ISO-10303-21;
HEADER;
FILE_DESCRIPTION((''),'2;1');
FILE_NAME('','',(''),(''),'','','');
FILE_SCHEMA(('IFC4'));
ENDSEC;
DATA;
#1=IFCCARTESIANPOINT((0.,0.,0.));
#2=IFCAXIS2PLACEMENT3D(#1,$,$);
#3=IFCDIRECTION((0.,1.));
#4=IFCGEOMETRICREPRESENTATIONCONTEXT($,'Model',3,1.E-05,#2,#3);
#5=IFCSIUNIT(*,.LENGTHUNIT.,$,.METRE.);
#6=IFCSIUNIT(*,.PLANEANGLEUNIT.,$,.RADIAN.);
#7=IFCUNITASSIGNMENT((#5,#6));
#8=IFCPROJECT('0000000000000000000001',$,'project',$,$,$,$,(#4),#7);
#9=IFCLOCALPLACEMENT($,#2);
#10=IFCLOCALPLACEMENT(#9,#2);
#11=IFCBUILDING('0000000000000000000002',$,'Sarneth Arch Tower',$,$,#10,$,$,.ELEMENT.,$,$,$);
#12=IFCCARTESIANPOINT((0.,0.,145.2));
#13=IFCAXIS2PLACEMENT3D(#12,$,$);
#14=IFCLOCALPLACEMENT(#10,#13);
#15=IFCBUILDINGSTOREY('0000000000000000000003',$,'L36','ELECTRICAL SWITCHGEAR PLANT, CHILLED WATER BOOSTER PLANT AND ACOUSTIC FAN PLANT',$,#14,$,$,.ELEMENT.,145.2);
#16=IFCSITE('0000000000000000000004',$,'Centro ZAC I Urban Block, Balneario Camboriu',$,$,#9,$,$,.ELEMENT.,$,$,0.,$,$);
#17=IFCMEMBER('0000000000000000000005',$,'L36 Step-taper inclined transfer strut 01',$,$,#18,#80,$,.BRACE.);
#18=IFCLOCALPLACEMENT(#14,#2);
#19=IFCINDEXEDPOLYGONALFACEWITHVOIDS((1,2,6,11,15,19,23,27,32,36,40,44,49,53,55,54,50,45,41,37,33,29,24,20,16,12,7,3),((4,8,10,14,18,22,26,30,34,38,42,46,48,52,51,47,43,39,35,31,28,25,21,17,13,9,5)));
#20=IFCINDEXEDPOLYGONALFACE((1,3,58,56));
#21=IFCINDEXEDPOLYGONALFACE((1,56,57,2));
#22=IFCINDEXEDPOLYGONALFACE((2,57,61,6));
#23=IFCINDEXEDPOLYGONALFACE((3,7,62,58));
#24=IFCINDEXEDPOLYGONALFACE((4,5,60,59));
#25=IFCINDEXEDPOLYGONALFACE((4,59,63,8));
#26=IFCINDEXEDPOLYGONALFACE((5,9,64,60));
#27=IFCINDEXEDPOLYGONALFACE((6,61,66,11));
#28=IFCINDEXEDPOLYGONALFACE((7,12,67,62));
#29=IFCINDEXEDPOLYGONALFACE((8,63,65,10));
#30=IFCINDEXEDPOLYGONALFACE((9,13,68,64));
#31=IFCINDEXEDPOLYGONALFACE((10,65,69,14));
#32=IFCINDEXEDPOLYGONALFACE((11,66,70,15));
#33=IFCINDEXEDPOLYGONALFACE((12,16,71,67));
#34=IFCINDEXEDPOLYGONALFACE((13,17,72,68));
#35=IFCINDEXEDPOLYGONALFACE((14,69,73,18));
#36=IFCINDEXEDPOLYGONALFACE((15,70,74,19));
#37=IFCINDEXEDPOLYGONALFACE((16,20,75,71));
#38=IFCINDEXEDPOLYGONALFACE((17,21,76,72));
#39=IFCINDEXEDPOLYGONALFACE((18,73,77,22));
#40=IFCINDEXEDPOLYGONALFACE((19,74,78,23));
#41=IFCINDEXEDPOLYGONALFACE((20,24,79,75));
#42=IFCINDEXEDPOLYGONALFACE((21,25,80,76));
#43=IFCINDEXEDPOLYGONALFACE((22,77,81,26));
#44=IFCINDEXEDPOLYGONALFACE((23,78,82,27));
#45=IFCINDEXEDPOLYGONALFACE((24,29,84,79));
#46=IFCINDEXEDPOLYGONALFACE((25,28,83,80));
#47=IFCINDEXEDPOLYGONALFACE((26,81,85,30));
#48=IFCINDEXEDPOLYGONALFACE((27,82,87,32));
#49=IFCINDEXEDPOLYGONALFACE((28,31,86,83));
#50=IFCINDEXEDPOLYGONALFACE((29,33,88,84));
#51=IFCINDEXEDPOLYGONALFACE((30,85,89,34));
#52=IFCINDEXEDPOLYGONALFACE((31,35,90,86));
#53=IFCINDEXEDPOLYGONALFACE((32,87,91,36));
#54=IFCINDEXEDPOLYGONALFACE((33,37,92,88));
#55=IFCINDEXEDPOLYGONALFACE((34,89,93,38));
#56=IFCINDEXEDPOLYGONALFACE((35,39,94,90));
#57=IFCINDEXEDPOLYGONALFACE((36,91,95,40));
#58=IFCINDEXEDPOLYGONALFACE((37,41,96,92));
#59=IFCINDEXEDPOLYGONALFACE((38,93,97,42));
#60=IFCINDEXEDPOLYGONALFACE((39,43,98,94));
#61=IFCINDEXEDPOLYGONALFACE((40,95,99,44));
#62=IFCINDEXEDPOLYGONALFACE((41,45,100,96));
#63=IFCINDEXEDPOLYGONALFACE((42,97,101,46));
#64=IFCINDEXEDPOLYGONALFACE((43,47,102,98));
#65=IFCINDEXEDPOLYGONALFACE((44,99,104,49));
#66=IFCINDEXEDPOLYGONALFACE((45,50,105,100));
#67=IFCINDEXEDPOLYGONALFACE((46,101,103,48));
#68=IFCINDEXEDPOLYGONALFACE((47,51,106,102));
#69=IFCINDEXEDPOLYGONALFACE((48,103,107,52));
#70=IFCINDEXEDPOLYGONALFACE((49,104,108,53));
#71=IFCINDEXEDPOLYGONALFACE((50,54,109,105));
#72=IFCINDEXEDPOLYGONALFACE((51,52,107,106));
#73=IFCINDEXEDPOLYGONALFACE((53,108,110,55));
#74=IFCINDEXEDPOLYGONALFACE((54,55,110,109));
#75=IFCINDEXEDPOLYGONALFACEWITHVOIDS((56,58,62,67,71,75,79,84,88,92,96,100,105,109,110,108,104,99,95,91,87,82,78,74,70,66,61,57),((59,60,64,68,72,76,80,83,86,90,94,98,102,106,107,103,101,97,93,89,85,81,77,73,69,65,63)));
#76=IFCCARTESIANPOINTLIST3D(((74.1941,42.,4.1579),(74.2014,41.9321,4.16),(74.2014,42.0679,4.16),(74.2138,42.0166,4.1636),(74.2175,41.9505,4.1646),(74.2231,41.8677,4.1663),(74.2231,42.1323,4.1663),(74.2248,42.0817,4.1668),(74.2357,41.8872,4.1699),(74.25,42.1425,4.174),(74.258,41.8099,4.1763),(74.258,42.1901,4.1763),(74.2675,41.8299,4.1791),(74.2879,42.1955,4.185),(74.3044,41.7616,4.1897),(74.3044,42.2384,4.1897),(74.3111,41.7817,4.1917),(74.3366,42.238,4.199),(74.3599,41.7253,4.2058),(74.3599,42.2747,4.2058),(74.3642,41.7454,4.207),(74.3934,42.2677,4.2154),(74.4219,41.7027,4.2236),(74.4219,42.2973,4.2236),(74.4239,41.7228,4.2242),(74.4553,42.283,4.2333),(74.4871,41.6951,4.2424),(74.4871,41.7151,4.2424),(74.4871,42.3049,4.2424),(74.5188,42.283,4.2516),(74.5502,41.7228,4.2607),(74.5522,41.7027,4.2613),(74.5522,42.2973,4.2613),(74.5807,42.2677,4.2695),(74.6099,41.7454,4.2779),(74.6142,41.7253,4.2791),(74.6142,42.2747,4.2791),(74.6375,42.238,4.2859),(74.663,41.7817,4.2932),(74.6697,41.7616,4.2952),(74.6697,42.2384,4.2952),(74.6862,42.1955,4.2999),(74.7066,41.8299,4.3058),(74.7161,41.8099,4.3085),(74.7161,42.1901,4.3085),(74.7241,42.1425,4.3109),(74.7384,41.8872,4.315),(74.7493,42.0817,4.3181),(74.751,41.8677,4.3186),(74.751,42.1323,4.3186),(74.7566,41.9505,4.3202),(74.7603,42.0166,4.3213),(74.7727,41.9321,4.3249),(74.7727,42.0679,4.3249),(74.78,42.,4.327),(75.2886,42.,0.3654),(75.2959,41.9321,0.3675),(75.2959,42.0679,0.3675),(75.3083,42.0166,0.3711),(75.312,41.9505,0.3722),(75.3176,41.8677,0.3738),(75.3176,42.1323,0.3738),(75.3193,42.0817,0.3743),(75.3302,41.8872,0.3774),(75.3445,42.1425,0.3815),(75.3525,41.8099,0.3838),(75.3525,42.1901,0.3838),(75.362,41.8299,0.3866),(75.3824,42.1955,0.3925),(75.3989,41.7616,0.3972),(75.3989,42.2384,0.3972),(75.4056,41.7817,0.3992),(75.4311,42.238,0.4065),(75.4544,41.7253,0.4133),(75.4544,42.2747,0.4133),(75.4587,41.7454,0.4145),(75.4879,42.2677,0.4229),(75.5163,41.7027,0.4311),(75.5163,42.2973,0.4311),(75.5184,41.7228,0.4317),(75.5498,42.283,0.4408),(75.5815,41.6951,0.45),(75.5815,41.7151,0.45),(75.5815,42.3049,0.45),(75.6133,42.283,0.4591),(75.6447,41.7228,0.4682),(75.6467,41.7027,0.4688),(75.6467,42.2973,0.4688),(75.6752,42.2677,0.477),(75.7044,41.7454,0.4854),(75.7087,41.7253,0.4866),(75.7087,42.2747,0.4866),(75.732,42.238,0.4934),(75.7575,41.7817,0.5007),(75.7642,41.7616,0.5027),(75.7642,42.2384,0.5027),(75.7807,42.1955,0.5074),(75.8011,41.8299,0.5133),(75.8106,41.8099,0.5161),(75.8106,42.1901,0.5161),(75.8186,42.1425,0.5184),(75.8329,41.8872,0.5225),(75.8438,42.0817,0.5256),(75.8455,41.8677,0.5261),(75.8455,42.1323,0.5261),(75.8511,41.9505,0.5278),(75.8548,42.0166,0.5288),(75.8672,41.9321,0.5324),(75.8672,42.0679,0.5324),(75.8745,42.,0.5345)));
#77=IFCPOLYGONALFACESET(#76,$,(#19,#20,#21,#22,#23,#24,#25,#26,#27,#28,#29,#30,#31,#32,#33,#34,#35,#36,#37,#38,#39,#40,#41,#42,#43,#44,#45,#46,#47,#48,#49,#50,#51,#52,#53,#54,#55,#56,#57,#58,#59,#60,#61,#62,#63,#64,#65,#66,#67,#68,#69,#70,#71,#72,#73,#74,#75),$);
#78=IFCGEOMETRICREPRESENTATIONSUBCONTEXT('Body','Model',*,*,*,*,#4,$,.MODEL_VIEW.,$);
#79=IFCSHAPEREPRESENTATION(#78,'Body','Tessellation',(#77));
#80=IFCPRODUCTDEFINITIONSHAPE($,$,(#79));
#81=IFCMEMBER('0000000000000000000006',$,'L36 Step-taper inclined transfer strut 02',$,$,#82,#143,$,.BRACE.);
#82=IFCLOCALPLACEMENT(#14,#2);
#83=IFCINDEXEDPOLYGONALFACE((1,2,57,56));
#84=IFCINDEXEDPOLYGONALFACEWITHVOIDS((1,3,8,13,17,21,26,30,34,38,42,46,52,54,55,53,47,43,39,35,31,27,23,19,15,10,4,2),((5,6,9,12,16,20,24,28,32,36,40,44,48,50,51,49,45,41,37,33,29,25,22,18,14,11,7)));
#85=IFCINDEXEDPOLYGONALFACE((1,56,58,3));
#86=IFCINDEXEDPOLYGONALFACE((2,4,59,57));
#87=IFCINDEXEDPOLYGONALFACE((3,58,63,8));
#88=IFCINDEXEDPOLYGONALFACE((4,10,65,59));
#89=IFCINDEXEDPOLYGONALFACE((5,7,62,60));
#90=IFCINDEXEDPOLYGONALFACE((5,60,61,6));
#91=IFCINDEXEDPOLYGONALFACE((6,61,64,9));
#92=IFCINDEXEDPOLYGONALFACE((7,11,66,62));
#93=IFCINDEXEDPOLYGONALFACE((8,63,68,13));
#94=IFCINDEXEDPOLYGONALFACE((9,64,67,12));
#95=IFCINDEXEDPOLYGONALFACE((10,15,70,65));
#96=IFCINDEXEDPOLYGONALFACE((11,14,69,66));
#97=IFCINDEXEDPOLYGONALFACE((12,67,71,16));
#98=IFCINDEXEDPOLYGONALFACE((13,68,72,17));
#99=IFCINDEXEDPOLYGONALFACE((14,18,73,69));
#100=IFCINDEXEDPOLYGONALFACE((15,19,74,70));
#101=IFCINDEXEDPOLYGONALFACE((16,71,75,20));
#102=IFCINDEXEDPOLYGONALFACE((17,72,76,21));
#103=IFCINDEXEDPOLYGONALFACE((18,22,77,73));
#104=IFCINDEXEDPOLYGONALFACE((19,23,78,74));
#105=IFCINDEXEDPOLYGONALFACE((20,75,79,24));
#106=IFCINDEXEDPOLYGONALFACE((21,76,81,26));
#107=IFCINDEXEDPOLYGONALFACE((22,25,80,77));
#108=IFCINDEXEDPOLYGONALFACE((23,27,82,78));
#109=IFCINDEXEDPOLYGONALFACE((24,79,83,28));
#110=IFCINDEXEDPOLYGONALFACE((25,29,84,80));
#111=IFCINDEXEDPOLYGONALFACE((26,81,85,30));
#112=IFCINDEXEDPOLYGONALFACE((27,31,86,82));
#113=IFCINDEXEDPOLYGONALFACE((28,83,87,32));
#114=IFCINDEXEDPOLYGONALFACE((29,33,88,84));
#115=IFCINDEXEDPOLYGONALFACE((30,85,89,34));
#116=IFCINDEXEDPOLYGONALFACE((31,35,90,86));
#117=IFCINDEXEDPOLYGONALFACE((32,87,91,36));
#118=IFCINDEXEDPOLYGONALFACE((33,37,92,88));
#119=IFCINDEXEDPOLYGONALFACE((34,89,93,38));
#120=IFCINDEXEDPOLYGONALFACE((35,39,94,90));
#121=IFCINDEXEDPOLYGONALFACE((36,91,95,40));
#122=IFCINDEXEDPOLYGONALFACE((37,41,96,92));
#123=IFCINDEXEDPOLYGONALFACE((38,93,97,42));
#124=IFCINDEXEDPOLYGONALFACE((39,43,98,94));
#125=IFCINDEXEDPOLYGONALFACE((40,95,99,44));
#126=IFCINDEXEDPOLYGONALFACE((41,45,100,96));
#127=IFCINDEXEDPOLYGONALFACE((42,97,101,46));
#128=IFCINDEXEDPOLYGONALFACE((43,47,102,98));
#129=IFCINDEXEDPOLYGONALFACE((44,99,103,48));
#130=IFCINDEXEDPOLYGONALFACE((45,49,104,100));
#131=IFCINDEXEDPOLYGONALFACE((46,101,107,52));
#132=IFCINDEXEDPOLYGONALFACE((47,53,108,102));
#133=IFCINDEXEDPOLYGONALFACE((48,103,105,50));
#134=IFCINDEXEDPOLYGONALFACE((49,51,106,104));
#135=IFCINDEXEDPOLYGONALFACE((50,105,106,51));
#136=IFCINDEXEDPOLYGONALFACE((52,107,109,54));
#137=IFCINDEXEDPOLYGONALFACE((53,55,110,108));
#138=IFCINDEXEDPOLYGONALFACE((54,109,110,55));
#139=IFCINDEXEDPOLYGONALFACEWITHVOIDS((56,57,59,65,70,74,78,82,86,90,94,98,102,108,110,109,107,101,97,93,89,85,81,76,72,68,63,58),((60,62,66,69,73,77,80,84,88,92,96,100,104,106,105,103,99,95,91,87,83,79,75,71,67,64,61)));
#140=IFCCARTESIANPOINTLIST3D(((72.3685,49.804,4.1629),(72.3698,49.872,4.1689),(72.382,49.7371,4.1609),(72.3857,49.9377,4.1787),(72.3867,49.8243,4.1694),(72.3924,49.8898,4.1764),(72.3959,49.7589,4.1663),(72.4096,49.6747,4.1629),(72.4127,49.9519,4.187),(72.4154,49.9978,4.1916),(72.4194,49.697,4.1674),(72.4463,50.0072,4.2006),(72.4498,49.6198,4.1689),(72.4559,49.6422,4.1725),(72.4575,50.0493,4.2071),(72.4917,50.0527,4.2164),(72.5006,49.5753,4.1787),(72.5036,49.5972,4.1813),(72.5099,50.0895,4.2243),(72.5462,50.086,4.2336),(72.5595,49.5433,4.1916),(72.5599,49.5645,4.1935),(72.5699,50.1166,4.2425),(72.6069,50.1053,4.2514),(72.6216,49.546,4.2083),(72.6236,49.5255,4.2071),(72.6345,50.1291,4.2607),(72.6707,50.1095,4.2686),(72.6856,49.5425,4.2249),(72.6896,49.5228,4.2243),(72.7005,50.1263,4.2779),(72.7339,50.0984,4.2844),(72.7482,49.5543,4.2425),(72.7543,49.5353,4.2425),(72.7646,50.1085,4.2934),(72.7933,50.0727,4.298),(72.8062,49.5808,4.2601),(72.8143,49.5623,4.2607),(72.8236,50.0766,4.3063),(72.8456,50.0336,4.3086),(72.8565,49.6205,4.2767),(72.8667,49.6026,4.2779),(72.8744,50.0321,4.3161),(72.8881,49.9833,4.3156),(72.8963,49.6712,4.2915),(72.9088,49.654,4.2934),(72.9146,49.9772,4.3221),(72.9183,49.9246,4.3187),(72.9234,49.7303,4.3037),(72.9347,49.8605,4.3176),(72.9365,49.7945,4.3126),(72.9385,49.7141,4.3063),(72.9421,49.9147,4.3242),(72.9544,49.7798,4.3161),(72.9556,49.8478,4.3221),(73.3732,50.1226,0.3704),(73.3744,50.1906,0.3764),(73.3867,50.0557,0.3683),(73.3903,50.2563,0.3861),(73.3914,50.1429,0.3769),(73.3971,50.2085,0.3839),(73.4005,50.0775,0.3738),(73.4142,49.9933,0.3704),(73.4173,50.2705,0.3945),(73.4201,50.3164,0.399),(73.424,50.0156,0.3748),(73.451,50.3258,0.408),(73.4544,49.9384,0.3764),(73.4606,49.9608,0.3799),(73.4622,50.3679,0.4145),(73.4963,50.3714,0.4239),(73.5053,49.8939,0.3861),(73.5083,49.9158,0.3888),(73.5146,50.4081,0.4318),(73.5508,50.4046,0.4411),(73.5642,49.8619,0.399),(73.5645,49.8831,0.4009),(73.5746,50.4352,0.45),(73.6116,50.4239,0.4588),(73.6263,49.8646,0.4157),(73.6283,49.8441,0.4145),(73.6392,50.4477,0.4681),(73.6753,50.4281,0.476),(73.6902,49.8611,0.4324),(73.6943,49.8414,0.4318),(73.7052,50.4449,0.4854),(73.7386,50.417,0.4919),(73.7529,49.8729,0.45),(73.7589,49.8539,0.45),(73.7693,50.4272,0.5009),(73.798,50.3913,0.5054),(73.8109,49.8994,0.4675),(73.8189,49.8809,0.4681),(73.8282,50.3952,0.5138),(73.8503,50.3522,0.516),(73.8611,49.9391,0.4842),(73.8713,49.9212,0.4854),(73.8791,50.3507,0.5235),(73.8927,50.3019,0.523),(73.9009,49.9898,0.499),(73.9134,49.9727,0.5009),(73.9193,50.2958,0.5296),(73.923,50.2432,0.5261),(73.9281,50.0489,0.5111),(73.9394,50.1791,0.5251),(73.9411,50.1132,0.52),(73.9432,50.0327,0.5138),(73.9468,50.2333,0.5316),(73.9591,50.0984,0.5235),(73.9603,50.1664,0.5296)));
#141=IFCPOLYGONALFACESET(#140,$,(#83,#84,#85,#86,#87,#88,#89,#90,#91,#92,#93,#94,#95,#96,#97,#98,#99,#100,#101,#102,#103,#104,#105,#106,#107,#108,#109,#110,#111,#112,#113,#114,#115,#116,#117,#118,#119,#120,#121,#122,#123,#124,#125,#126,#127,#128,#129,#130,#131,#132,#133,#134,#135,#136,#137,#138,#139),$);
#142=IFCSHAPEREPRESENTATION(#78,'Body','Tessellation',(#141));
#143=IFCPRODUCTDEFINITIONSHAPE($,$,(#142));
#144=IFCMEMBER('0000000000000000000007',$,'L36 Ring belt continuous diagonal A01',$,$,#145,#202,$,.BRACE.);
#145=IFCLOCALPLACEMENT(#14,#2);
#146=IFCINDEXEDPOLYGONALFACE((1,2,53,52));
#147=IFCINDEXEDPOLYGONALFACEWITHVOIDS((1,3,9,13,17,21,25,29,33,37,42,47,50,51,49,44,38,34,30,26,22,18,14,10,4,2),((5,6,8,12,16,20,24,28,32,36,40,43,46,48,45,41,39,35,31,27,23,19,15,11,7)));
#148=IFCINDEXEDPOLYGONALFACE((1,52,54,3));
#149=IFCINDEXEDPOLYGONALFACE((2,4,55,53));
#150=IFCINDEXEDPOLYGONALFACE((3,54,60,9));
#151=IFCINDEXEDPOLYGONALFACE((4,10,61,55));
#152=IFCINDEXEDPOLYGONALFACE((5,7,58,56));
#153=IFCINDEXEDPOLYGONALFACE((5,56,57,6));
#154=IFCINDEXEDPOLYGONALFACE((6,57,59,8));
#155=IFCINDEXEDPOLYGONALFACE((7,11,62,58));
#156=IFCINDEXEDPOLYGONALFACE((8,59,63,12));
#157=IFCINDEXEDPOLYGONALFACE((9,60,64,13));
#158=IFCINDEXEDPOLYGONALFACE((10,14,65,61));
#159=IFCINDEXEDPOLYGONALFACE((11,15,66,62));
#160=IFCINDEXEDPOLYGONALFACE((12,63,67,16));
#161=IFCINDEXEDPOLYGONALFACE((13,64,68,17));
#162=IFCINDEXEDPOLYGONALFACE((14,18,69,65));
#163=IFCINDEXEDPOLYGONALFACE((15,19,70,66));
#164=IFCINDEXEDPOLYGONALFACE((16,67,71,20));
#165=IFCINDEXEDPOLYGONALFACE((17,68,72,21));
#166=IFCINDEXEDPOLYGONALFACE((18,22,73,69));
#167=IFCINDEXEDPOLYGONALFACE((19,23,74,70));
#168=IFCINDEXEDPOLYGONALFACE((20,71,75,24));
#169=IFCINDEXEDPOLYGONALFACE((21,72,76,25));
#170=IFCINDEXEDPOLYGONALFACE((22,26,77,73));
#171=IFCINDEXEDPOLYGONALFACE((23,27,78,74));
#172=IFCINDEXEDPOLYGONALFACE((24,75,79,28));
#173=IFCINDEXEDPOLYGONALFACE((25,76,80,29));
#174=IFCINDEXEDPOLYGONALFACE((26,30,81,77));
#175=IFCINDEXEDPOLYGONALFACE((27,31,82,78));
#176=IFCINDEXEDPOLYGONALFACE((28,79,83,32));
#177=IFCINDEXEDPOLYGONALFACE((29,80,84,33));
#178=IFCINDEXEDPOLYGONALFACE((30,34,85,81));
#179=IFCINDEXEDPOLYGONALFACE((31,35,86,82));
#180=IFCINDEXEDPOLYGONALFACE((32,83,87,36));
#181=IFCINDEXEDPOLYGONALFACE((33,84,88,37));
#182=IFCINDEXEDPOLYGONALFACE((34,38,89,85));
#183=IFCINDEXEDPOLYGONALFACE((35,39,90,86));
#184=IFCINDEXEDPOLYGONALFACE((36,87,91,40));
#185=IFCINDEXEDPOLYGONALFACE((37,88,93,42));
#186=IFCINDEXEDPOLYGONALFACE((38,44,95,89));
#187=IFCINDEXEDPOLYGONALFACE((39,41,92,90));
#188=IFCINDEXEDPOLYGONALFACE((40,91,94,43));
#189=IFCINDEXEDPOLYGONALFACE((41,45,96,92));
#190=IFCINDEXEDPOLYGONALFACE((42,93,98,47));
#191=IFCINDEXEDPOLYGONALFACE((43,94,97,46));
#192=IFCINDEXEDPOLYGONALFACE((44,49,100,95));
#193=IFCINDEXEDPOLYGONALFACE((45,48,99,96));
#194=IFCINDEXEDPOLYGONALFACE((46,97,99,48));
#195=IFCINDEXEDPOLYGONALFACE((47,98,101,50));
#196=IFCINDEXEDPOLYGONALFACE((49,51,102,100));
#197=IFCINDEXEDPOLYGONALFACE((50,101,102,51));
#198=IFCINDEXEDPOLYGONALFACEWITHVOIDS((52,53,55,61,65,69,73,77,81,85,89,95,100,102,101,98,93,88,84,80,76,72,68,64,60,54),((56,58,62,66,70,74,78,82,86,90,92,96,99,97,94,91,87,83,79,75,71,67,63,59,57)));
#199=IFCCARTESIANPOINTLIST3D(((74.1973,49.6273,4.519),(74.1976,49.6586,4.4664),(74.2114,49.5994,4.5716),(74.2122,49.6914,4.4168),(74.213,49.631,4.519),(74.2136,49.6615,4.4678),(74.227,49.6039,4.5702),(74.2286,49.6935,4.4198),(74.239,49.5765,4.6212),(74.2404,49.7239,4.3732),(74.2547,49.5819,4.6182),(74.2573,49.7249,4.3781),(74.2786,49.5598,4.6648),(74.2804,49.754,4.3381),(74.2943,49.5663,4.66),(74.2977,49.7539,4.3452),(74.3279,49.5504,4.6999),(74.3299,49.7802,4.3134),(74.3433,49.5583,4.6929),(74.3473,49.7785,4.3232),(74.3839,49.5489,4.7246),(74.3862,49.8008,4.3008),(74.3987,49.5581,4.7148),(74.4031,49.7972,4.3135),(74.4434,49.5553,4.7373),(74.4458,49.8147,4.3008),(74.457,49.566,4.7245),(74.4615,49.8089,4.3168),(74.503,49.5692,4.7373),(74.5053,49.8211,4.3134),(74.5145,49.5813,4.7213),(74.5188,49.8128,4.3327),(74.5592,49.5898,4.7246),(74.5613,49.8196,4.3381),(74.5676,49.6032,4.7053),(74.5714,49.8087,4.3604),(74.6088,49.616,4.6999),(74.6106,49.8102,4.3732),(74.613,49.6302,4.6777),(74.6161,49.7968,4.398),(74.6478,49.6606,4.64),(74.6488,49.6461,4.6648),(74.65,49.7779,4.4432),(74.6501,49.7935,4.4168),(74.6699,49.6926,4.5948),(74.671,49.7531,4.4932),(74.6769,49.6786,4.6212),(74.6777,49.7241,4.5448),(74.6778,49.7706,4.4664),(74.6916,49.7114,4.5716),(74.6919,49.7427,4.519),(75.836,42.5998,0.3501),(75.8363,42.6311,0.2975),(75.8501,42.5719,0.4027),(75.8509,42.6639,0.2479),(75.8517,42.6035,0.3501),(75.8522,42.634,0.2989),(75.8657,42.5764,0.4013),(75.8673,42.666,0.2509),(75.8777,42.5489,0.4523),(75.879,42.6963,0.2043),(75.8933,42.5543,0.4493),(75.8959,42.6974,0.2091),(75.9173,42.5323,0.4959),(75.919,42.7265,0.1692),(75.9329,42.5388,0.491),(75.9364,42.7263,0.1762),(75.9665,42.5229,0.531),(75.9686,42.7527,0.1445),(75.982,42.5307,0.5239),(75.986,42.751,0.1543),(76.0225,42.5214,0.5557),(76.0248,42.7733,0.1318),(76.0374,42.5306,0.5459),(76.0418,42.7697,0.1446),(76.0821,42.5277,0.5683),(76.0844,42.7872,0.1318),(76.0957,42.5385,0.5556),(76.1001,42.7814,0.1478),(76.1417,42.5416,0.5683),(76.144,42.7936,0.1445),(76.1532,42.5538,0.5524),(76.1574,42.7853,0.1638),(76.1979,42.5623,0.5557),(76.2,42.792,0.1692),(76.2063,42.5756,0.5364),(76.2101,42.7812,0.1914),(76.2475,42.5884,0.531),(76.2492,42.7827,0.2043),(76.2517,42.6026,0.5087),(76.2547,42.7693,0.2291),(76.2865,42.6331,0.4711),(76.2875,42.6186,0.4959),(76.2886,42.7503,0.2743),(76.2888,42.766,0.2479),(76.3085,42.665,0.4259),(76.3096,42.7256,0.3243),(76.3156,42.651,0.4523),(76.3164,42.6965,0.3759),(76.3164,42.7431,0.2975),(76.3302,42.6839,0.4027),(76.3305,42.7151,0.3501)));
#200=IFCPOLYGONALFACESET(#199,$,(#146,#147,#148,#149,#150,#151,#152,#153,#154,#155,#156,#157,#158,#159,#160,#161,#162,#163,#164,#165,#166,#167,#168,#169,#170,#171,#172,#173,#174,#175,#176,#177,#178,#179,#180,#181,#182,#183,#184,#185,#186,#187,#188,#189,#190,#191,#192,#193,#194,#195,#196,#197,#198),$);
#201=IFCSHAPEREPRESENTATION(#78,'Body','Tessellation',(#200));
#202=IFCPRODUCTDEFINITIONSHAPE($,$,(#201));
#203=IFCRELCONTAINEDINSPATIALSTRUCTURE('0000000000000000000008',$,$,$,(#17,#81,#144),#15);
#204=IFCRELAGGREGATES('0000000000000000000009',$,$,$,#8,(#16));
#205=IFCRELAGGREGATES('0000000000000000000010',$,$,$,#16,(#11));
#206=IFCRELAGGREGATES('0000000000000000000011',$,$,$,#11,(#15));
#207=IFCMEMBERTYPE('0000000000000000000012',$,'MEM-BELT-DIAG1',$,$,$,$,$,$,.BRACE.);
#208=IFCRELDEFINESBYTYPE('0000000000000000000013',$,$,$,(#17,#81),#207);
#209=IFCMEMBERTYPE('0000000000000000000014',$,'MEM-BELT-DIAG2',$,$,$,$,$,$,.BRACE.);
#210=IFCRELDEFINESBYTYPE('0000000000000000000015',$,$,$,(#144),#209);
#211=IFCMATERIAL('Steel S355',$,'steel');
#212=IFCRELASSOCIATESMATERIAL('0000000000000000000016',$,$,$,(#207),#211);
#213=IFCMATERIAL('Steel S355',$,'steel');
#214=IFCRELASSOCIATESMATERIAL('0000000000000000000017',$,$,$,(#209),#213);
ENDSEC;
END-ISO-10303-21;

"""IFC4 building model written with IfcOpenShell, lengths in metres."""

from ifc_helpers import new_model, si_unit, direction, frame, origin, origin_2d, place, context, subcontext, project, spatial, hollow_circle, extrude, material, material_profile, profile_set, type_object, element, save


model = new_model("IFC4")

# Units and contexts
model_context = context("Model", 3, precision=1e-05, world=origin(), true_north=direction((0.0, 1.0)))
body_context = subcontext(model_context, "Body", "Model", "MODEL_VIEW")
ifc_project = project(units=[si_unit("LENGTHUNIT", "METRE"), si_unit("PLANEANGLEUNIT", "RADIAN")], contexts=[model_context])

# Site, building, storey
site_placement = place(None, origin())
site = spatial("IfcSite", under=ifc_project, at=site_placement, Name="Centro ZAC I Urban Block, Balneario Camboriu", CompositionType="ELEMENT", RefElevation=0.0)
building_placement = place(site_placement, origin())
building = spatial("IfcBuilding", under=site, at=building_placement, Name="Sarneth Arch Tower", CompositionType="ELEMENT")
storey_placement = place(building_placement, frame((0.0, 0.0, 145.2)))
storey = spatial("IfcBuildingStorey", under=building, at=storey_placement, Name="L36", Description="ELECTRICAL SWITCHGEAR PLANT, CHILLED WATER BOOSTER PLANT AND ACOUSTIC FAN PLANT", CompositionType="ELEMENT", Elevation=145.2)

# Members
ifc_material_1 = material(Name="Steel S355", Category="steel")
ifc_material_profile_1 = material_profile(ifc_material_1, hollow_circle(Radius=0.3049, WallThickness=0.02, at=origin_2d()), Name="CHS610x20")
ifc_profile_set_1 = profile_set([ifc_material_profile_1], Name="Steel S355")
member_type_1 = type_object("IfcMemberType", Name="MEM-BELT-DIAG1", PredefinedType="BRACE", material=ifc_profile_set_1)
member_1_placement = place(storey_placement, frame((75.5815, 42.0, 0.45), z_axis=(-0.277277, 0.0, 0.96079), x_axis=(0.0, -1.0, 0.0)))
element("IfcMember", 1, at=member_1_placement, inside=storey, type_object=member_type_1, Name="L36 Step-taper inclined transfer strut 01", PredefinedType="BRACE", context=body_context, shape_type="SweptSolid", body=[
    extrude(hollow_circle(Radius=0.3049, WallThickness=0.02, at=origin_2d()), origin(), (0.0, 0.0, 1.0), 3.9473),
])
member_2_placement = place(storey_placement, frame((73.6667, 50.1445, 0.45), z_axis=(-0.25523, -0.080942, 0.963486), x_axis=(0.302295, -0.953214, 0.0)))
element("IfcMember", 2, at=member_2_placement, inside=storey, type_object=member_type_1, Name="L36 Step-taper inclined transfer strut 02", PredefinedType="BRACE", context=body_context, shape_type="SweptSolid", body=[
    extrude(hollow_circle(Radius=0.3049, WallThickness=0.02, at=origin_2d()), origin(), (0.0, 0.0, 1.0), 3.9363),
])
ifc_material_2 = material(Name="Steel S355", Category="steel")
ifc_material_profile_2 = material_profile(ifc_material_2, hollow_circle(Radius=0.2539, WallThickness=0.0161, at=origin_2d()), Name="CHS508x16")
ifc_profile_set_2 = profile_set([ifc_material_profile_2], Name="Steel S355")
member_type_2 = type_object("IfcMemberType", Name="MEM-BELT-DIAG2", PredefinedType="BRACE", material=ifc_profile_set_2)
member_3_placement = place(storey_placement, frame((76.0833, 42.6575, 0.3501), z_axis=(-0.196629, 0.843263, 0.500245), x_axis=(-0.973875, -0.227085, 0.0)))
element("IfcMember", 3, at=member_3_placement, inside=storey, type_object=member_type_2, Name="L36 Ring belt continuous diagonal A01", PredefinedType="BRACE", context=body_context, shape_type="SweptSolid", body=[
    extrude(hollow_circle(Radius=0.2539, WallThickness=0.0161, at=origin_2d()), origin(), (0.0, 0.0, 1.0), 8.3337),
])

save(model, "model.ifc")
